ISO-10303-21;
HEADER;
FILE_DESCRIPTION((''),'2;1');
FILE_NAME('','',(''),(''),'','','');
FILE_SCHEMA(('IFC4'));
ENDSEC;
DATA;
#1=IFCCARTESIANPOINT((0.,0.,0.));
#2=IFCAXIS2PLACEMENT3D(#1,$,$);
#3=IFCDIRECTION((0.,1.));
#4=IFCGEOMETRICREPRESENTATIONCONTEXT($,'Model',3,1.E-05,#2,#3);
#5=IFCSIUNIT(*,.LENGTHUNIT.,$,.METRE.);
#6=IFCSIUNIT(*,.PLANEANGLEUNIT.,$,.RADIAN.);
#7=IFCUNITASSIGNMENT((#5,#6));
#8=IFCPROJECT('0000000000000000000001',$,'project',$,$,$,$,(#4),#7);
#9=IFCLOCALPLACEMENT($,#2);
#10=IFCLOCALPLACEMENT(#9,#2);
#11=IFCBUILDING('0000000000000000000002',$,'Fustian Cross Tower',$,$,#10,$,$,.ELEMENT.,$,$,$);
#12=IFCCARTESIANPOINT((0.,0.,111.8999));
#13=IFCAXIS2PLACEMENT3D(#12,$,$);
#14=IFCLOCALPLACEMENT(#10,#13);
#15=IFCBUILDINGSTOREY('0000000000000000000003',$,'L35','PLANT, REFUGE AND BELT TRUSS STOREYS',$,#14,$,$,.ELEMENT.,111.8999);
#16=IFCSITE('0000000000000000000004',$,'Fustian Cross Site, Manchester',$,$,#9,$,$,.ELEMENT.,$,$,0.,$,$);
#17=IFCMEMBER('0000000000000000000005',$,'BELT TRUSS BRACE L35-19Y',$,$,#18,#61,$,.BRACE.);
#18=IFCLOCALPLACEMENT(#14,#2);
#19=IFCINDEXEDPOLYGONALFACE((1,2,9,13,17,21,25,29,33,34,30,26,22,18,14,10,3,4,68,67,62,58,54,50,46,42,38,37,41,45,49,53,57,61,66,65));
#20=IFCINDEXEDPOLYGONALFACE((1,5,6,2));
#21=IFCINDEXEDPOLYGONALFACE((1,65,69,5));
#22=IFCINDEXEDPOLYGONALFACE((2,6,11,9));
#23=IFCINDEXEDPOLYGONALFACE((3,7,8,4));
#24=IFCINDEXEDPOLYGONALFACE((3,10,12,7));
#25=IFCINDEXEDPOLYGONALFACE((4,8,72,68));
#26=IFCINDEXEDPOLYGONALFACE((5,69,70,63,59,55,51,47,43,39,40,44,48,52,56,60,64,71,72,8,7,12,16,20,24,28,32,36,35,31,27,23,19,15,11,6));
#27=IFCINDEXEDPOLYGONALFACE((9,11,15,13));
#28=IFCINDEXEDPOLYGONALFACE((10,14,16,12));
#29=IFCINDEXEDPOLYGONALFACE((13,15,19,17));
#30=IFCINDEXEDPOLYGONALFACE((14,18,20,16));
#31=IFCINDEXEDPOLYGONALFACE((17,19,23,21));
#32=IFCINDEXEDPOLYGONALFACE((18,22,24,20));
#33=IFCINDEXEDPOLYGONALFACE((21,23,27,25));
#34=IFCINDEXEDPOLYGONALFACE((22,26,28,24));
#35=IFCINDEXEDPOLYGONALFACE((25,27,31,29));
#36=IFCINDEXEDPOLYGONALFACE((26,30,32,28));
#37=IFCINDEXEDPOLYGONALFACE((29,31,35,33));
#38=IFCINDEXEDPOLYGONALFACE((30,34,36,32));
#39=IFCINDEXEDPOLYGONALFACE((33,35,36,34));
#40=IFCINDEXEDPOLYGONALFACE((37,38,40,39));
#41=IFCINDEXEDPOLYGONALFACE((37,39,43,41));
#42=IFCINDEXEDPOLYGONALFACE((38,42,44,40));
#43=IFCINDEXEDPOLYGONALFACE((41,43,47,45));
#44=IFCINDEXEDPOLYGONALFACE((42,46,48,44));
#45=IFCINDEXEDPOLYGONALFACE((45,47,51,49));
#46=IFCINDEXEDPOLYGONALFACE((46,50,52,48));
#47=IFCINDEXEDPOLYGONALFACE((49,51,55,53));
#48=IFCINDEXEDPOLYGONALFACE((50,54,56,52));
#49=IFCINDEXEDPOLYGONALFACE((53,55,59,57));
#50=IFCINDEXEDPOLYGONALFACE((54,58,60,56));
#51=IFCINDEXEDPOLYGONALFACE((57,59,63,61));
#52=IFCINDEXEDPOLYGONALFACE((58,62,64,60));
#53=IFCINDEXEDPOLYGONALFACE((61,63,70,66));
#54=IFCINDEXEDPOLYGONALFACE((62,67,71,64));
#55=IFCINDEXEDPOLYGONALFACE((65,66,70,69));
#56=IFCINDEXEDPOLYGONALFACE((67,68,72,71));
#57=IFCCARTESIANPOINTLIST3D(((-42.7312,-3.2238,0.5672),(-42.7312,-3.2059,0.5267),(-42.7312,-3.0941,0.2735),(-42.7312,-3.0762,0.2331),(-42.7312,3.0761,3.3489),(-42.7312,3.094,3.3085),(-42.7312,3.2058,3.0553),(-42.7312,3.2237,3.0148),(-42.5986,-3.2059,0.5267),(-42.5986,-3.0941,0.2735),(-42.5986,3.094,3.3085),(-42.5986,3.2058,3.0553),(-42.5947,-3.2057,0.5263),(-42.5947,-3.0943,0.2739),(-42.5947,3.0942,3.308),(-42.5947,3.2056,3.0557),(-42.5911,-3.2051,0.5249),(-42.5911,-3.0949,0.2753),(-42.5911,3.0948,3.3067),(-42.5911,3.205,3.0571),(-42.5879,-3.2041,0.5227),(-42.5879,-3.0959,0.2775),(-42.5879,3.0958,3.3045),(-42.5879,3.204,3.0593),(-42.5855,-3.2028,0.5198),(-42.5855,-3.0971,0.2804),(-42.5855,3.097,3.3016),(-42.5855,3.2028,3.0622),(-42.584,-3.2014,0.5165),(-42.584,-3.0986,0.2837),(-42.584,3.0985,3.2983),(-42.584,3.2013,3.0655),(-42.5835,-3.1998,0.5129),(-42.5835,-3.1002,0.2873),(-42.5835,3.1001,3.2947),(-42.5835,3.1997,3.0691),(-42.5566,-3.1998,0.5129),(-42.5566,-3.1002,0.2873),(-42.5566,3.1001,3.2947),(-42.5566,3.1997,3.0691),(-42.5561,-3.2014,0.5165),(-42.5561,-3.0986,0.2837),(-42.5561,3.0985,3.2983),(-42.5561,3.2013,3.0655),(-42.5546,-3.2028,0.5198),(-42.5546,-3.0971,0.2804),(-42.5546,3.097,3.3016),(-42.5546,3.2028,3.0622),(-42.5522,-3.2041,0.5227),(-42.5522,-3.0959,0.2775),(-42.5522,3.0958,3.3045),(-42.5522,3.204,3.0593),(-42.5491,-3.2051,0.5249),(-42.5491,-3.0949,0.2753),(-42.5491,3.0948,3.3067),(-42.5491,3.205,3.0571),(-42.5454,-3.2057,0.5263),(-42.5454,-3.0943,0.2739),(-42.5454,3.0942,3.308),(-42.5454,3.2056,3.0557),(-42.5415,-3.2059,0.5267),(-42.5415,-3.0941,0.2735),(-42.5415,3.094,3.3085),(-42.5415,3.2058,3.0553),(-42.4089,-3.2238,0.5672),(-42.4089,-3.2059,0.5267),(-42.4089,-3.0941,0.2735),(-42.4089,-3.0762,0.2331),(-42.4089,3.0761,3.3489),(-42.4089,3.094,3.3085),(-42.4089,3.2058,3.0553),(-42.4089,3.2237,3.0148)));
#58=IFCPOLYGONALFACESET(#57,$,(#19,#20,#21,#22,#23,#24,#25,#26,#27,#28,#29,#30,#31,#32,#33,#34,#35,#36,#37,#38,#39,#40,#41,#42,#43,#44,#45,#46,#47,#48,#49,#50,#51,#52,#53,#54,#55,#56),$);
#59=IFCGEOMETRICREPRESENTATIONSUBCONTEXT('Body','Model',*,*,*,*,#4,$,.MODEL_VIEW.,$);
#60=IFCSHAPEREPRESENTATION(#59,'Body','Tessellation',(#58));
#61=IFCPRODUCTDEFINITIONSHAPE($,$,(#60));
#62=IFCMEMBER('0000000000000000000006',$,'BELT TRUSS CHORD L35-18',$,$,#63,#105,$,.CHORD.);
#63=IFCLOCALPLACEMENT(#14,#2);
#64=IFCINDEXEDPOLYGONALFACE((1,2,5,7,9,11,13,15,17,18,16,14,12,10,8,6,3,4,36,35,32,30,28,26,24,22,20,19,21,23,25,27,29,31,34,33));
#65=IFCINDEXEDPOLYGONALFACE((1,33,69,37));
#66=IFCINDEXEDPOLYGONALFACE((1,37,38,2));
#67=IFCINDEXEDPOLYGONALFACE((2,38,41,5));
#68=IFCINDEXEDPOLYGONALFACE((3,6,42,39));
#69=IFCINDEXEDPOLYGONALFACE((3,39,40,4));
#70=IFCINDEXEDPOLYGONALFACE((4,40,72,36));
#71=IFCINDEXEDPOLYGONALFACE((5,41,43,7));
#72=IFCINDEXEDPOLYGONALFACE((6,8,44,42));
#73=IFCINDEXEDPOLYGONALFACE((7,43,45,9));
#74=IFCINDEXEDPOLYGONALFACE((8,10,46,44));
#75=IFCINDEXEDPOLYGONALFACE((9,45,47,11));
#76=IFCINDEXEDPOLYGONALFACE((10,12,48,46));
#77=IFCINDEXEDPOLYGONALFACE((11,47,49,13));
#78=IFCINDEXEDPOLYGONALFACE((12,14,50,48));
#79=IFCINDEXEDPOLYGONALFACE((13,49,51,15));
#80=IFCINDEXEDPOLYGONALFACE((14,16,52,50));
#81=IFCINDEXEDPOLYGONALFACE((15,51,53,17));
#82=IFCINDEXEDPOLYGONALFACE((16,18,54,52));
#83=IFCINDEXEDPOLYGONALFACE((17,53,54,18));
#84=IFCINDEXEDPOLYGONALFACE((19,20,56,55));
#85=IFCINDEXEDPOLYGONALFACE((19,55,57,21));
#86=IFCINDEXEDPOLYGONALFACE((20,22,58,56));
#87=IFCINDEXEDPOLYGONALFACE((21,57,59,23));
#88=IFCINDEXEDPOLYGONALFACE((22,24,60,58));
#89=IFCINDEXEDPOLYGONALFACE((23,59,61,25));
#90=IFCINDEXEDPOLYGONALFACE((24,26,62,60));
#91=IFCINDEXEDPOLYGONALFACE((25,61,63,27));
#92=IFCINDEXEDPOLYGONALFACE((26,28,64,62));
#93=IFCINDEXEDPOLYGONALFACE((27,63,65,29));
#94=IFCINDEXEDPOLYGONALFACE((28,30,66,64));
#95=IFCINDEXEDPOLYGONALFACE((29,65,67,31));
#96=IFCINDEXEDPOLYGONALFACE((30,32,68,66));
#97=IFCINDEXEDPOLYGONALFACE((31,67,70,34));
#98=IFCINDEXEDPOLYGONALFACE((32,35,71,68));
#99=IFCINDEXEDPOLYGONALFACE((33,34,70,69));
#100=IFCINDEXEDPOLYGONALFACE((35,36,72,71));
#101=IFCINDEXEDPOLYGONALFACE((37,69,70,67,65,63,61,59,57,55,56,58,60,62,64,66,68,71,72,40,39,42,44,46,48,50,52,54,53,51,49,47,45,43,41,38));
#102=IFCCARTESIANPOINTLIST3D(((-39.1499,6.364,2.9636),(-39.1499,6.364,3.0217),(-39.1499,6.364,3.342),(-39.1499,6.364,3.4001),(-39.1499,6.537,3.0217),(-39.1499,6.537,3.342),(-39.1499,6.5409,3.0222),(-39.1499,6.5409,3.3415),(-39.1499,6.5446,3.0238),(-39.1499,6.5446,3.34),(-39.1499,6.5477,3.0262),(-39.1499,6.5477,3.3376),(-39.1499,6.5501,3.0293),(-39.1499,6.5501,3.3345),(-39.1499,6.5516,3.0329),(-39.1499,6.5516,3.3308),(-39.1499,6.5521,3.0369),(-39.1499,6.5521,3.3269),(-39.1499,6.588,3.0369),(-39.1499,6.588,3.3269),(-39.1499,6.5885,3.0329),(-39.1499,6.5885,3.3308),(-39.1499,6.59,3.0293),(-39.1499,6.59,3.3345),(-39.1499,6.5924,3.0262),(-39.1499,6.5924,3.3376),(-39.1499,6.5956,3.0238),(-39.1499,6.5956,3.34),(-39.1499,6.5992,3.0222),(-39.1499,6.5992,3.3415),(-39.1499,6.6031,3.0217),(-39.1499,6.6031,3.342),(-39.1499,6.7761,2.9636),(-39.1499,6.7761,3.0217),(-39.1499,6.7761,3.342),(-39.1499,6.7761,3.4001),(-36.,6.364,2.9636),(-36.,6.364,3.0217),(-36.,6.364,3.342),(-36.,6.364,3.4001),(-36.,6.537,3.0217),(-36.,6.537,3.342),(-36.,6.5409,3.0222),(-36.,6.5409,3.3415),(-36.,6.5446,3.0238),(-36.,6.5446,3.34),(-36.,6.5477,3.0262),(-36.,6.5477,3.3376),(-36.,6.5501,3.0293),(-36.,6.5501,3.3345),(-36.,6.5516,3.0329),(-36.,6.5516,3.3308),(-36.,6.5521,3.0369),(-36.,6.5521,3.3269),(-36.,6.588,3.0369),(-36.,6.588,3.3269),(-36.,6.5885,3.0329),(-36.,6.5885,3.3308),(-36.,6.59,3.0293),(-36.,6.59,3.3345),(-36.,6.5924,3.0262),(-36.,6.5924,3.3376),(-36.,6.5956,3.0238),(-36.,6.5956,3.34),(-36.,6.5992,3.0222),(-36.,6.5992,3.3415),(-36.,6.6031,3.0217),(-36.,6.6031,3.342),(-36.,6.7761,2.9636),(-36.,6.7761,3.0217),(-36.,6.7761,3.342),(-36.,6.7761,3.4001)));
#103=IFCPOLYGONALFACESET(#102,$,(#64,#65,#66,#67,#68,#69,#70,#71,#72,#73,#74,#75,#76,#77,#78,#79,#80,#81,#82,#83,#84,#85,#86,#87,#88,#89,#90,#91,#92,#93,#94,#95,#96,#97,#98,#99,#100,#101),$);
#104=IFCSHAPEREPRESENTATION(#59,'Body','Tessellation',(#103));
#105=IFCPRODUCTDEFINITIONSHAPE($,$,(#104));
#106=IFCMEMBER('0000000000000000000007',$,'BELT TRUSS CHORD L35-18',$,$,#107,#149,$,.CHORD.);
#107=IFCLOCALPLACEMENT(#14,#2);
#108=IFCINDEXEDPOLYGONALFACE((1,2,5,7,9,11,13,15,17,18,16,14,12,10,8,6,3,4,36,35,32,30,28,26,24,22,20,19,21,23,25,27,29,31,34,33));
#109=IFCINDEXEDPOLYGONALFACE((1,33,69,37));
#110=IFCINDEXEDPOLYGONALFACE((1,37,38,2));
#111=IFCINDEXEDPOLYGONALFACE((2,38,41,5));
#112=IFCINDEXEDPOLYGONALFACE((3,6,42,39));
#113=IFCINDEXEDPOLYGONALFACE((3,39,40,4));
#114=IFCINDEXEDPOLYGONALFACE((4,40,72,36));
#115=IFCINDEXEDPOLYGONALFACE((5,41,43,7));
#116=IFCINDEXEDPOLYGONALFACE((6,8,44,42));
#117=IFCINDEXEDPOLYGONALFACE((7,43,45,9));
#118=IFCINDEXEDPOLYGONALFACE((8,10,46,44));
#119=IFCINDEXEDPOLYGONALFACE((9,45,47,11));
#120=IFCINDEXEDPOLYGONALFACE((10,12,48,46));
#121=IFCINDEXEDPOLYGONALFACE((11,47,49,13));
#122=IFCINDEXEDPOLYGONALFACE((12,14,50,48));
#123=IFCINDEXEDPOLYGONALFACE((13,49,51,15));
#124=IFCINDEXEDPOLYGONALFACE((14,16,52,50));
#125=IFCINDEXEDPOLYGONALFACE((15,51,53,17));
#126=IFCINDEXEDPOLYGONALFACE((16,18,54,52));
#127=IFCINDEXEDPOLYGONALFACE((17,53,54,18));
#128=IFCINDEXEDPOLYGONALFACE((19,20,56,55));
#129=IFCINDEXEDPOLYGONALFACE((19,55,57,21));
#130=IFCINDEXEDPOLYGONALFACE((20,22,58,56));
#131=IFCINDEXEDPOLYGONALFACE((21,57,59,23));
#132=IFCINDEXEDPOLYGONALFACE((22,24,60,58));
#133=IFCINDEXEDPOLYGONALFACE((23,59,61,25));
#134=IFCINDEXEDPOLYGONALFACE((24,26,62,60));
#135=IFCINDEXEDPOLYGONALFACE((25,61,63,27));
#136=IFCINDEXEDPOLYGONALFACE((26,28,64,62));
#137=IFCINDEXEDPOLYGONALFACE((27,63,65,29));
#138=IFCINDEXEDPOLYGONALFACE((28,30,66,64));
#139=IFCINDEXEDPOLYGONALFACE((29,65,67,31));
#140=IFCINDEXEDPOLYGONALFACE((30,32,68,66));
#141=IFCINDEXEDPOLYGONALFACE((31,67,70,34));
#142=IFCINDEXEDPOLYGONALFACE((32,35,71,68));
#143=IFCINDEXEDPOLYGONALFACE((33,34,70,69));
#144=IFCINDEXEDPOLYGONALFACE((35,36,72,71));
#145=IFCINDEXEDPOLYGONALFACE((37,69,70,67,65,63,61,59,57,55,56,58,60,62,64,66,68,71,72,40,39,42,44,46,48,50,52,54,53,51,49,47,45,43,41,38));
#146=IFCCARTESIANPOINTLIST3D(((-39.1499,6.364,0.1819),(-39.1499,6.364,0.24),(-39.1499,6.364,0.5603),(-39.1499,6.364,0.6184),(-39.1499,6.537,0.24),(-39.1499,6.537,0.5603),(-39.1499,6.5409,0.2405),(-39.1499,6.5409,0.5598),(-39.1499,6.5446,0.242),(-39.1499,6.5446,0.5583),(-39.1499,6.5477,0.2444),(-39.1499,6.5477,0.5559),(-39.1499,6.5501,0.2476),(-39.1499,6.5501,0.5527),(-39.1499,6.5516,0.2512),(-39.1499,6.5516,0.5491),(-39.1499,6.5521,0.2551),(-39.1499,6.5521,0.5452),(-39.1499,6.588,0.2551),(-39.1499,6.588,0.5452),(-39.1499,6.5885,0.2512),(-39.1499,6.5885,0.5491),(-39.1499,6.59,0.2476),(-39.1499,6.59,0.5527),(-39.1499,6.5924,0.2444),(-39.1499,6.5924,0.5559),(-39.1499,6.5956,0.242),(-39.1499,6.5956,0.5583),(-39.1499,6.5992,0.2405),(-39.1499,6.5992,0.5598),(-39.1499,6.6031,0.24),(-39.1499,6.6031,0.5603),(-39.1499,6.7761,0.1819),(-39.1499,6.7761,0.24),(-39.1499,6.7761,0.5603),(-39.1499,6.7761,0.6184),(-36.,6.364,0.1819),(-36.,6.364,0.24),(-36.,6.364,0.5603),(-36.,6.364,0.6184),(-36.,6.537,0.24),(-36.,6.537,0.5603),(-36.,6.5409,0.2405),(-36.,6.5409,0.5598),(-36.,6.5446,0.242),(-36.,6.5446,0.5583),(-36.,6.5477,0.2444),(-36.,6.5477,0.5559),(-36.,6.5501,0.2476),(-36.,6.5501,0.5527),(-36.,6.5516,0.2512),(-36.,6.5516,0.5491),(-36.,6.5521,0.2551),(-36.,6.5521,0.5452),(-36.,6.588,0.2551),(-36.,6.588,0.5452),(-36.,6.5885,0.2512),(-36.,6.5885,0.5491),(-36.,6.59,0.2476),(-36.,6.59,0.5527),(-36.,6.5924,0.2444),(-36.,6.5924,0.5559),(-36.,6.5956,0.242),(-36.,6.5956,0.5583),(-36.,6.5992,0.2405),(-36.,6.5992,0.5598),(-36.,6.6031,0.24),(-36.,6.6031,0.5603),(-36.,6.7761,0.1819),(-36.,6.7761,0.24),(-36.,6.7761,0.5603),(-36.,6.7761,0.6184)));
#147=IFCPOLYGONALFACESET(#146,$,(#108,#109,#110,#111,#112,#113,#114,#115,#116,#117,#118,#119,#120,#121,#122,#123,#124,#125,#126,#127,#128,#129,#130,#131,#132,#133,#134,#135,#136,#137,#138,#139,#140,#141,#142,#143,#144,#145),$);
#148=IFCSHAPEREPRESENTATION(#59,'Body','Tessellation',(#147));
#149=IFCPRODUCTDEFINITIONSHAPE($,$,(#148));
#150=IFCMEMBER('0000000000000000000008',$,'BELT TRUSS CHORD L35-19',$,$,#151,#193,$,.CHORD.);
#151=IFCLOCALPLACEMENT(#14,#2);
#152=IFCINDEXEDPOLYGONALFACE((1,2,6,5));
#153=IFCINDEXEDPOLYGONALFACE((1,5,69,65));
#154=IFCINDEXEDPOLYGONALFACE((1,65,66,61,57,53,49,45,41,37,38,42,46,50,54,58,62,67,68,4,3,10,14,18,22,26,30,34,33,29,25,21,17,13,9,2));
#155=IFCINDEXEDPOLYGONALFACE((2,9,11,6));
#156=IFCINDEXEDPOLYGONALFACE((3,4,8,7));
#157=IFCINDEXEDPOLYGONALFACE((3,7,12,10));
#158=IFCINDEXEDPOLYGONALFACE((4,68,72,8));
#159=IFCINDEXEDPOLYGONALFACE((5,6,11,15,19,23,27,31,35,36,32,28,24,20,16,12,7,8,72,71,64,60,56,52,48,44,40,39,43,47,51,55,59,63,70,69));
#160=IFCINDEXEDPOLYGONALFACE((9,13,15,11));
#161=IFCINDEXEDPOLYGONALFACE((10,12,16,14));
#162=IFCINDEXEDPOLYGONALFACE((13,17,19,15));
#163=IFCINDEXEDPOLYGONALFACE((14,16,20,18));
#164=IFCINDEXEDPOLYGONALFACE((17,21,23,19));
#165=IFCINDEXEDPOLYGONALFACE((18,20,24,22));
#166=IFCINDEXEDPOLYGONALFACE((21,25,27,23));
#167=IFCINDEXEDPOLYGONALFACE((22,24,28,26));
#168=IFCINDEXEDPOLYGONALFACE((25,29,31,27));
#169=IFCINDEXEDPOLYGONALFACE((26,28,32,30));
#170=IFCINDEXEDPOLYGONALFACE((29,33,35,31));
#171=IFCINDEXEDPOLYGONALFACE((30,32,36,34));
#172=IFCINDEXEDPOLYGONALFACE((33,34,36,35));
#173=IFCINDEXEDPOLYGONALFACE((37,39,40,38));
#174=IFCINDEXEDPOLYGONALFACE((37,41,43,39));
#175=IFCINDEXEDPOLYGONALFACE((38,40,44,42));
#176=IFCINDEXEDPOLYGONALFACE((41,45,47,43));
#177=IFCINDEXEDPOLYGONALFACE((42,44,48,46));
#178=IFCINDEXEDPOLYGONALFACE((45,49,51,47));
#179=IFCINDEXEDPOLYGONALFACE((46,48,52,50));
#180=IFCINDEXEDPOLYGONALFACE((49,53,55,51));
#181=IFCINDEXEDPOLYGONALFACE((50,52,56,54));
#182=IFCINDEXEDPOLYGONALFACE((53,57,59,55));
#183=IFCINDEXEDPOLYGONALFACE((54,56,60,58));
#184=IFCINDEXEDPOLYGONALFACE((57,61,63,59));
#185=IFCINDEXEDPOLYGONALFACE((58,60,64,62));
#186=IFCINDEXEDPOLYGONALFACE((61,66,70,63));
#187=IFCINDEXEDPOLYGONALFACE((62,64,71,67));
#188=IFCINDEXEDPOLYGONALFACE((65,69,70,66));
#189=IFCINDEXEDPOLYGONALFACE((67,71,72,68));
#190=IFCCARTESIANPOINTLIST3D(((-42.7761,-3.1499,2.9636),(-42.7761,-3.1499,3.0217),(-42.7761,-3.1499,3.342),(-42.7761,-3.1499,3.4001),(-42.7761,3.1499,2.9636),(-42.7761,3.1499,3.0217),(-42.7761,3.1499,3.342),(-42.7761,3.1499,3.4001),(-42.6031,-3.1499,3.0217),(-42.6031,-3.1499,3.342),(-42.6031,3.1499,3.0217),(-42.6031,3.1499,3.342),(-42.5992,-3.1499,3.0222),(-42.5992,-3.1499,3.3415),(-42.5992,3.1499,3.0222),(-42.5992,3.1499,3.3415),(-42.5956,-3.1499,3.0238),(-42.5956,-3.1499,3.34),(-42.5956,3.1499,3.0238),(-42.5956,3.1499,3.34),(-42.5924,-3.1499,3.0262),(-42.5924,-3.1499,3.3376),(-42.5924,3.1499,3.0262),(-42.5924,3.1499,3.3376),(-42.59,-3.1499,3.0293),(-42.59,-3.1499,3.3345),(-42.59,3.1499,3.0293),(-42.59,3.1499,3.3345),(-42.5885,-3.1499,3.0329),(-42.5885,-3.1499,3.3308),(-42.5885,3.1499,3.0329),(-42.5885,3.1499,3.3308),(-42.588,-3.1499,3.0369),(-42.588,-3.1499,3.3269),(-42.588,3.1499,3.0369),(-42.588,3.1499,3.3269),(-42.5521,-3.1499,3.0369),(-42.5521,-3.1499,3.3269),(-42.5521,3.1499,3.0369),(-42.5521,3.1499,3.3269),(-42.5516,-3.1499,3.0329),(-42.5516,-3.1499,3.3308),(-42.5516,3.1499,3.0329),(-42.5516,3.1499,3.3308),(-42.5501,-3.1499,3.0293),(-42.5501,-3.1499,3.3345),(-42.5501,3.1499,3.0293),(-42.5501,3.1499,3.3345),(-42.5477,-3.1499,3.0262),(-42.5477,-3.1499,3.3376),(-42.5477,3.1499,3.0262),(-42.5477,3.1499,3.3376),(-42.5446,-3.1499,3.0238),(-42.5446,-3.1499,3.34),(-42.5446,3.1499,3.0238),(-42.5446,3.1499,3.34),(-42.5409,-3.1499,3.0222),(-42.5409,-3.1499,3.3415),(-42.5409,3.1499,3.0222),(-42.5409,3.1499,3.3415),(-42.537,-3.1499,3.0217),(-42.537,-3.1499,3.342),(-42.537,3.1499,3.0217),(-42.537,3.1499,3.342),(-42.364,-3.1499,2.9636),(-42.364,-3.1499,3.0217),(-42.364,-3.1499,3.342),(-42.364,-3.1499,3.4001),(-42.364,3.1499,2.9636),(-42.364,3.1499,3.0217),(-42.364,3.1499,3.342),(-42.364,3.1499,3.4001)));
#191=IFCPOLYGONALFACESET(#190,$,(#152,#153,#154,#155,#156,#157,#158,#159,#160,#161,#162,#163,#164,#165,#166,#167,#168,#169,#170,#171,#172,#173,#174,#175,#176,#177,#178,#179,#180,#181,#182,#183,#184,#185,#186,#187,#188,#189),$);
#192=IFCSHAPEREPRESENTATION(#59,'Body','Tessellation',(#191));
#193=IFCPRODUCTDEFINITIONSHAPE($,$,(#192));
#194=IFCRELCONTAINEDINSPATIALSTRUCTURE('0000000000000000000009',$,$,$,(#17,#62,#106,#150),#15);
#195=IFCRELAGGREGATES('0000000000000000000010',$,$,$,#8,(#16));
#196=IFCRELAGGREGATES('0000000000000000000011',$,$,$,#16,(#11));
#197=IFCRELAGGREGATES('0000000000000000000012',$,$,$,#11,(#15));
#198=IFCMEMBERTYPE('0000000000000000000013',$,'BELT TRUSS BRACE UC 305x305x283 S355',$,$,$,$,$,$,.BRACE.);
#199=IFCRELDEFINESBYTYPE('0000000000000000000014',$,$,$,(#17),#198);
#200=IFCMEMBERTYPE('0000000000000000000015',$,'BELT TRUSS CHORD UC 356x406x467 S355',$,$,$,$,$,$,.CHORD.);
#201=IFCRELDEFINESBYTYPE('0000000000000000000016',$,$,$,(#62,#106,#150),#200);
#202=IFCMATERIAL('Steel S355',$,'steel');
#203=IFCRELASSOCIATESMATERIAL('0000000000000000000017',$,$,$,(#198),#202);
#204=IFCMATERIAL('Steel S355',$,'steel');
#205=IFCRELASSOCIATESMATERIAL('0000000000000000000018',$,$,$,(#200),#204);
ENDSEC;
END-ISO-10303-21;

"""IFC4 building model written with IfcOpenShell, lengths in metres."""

from ifc_helpers import new_model, si_unit, direction, frame, origin, origin_2d, place, context, subcontext, project, spatial, i_section, extrude, material, material_profile, profile_set, type_object, element, save


model = new_model("IFC4")

# Units and contexts
model_context = context("Model", 3, precision=1e-05, world=origin(), true_north=direction((0.0, 1.0)))
body_context = subcontext(model_context, "Body", "Model", "MODEL_VIEW")
ifc_project = project(units=[si_unit("LENGTHUNIT", "METRE"), si_unit("PLANEANGLEUNIT", "RADIAN")], contexts=[model_context])

# Site, building, storey
site_placement = place(None, origin())
site = spatial("IfcSite", under=ifc_project, at=site_placement, Name="Fustian Cross Site, Manchester", CompositionType="ELEMENT", RefElevation=0.0)
building_placement = place(site_placement, origin())
building = spatial("IfcBuilding", under=site, at=building_placement, Name="Fustian Cross Tower", CompositionType="ELEMENT")
storey_placement = place(building_placement, frame((0.0, 0.0, 111.8999)))
storey = spatial("IfcBuildingStorey", under=building, at=storey_placement, Name="L35", Description="PLANT, REFUGE AND BELT TRUSS STOREYS", CompositionType="ELEMENT", Elevation=111.8999)

# Members
ifc_material_1 = material(Name="Steel S355", Category="steel")
ifc_material_profile_1 = material_profile(ifc_material_1, i_section(OverallWidth=0.3223, OverallDepth=0.3652, WebThickness=0.0269, FlangeThickness=0.0442, FilletRadius=0.0151, at=origin_2d()), Name="UC 305x305x283")
ifc_profile_set_1 = profile_set([ifc_material_profile_1], Name="Steel S355")
member_type_1 = type_object("IfcMemberType", Name="BELT TRUSS BRACE UC 305x305x283 S355", PredefinedType="BRACE", material=ifc_profile_set_1)
for number, where, z_axis, x_axis, name in (
    (1, (-42.5701, 3.1499, 3.1819), (0.0, -0.914788, -0.403933), (1.0, 0.0, 0.0), "BELT TRUSS BRACE L35-19Y"),
):
    element("IfcMember", number, at=place(storey_placement, frame(where, z_axis=z_axis, x_axis=x_axis)), inside=storey, type_object=member_type_1, Name=name, PredefinedType="BRACE", context=body_context, shape_type="SweptSolid", body=[
        extrude(i_section(OverallWidth=0.3223, OverallDepth=0.3652, WebThickness=0.0269, FlangeThickness=0.0442, FilletRadius=0.0151, at=origin_2d()), origin(), (0.0, 0.0, 1.0), 6.8867),
    ])
ifc_material_2 = material(Name="Steel S355", Category="steel")
ifc_material_profile_2 = material_profile(ifc_material_2, i_section(OverallWidth=0.4121, OverallDepth=0.4365, WebThickness=0.0359, FlangeThickness=0.0581, FilletRadius=0.0151, at=origin_2d()), Name="UC 356x406x467")
ifc_profile_set_2 = profile_set([ifc_material_profile_2], Name="Steel S355")
member_type_2 = type_object("IfcMemberType", Name="BELT TRUSS CHORD UC 356x406x467 S355", PredefinedType="CHORD", material=ifc_profile_set_2)
for number, where, z_axis, x_axis, name in (
    (2, (-36.0, 6.5701, 3.1819), (-1.0, 0.0, 0.0), (0.0, -1.0, 0.0), "BELT TRUSS CHORD L35-18"),
    (3, (-36.0, 6.5701, 0.4001), (-1.0, 0.0, 0.0), (0.0, -1.0, 0.0), "BELT TRUSS CHORD L35-18"),
):
    element("IfcMember", number, at=place(storey_placement, frame(where, z_axis=z_axis, x_axis=x_axis)), inside=storey, type_object=member_type_2, Name=name, PredefinedType="CHORD", context=body_context, shape_type="SweptSolid", body=[
        extrude(i_section(OverallWidth=0.4121, OverallDepth=0.4365, WebThickness=0.0359, FlangeThickness=0.0581, FilletRadius=0.0151, at=origin_2d()), origin(), (0.0, 0.0, 1.0), 3.1499),
    ])
for number, where, z_axis, x_axis, name in (
    (4, (-42.5701, 3.1499, 3.1819), (0.0, -1.0, 0.0), (1.0, 0.0, 0.0), "BELT TRUSS CHORD L35-19"),
):
    element("IfcMember", number, at=place(storey_placement, frame(where, z_axis=z_axis, x_axis=x_axis)), inside=storey, type_object=member_type_2, Name=name, PredefinedType="CHORD", context=body_context, shape_type="SweptSolid", body=[
        extrude(i_section(OverallWidth=0.4121, OverallDepth=0.4365, WebThickness=0.0359, FlangeThickness=0.0581, FilletRadius=0.0151, at=origin_2d()), origin(), (0.0, 0.0, 1.0), 6.2998),
    ])

save(model, "model.ifc")
